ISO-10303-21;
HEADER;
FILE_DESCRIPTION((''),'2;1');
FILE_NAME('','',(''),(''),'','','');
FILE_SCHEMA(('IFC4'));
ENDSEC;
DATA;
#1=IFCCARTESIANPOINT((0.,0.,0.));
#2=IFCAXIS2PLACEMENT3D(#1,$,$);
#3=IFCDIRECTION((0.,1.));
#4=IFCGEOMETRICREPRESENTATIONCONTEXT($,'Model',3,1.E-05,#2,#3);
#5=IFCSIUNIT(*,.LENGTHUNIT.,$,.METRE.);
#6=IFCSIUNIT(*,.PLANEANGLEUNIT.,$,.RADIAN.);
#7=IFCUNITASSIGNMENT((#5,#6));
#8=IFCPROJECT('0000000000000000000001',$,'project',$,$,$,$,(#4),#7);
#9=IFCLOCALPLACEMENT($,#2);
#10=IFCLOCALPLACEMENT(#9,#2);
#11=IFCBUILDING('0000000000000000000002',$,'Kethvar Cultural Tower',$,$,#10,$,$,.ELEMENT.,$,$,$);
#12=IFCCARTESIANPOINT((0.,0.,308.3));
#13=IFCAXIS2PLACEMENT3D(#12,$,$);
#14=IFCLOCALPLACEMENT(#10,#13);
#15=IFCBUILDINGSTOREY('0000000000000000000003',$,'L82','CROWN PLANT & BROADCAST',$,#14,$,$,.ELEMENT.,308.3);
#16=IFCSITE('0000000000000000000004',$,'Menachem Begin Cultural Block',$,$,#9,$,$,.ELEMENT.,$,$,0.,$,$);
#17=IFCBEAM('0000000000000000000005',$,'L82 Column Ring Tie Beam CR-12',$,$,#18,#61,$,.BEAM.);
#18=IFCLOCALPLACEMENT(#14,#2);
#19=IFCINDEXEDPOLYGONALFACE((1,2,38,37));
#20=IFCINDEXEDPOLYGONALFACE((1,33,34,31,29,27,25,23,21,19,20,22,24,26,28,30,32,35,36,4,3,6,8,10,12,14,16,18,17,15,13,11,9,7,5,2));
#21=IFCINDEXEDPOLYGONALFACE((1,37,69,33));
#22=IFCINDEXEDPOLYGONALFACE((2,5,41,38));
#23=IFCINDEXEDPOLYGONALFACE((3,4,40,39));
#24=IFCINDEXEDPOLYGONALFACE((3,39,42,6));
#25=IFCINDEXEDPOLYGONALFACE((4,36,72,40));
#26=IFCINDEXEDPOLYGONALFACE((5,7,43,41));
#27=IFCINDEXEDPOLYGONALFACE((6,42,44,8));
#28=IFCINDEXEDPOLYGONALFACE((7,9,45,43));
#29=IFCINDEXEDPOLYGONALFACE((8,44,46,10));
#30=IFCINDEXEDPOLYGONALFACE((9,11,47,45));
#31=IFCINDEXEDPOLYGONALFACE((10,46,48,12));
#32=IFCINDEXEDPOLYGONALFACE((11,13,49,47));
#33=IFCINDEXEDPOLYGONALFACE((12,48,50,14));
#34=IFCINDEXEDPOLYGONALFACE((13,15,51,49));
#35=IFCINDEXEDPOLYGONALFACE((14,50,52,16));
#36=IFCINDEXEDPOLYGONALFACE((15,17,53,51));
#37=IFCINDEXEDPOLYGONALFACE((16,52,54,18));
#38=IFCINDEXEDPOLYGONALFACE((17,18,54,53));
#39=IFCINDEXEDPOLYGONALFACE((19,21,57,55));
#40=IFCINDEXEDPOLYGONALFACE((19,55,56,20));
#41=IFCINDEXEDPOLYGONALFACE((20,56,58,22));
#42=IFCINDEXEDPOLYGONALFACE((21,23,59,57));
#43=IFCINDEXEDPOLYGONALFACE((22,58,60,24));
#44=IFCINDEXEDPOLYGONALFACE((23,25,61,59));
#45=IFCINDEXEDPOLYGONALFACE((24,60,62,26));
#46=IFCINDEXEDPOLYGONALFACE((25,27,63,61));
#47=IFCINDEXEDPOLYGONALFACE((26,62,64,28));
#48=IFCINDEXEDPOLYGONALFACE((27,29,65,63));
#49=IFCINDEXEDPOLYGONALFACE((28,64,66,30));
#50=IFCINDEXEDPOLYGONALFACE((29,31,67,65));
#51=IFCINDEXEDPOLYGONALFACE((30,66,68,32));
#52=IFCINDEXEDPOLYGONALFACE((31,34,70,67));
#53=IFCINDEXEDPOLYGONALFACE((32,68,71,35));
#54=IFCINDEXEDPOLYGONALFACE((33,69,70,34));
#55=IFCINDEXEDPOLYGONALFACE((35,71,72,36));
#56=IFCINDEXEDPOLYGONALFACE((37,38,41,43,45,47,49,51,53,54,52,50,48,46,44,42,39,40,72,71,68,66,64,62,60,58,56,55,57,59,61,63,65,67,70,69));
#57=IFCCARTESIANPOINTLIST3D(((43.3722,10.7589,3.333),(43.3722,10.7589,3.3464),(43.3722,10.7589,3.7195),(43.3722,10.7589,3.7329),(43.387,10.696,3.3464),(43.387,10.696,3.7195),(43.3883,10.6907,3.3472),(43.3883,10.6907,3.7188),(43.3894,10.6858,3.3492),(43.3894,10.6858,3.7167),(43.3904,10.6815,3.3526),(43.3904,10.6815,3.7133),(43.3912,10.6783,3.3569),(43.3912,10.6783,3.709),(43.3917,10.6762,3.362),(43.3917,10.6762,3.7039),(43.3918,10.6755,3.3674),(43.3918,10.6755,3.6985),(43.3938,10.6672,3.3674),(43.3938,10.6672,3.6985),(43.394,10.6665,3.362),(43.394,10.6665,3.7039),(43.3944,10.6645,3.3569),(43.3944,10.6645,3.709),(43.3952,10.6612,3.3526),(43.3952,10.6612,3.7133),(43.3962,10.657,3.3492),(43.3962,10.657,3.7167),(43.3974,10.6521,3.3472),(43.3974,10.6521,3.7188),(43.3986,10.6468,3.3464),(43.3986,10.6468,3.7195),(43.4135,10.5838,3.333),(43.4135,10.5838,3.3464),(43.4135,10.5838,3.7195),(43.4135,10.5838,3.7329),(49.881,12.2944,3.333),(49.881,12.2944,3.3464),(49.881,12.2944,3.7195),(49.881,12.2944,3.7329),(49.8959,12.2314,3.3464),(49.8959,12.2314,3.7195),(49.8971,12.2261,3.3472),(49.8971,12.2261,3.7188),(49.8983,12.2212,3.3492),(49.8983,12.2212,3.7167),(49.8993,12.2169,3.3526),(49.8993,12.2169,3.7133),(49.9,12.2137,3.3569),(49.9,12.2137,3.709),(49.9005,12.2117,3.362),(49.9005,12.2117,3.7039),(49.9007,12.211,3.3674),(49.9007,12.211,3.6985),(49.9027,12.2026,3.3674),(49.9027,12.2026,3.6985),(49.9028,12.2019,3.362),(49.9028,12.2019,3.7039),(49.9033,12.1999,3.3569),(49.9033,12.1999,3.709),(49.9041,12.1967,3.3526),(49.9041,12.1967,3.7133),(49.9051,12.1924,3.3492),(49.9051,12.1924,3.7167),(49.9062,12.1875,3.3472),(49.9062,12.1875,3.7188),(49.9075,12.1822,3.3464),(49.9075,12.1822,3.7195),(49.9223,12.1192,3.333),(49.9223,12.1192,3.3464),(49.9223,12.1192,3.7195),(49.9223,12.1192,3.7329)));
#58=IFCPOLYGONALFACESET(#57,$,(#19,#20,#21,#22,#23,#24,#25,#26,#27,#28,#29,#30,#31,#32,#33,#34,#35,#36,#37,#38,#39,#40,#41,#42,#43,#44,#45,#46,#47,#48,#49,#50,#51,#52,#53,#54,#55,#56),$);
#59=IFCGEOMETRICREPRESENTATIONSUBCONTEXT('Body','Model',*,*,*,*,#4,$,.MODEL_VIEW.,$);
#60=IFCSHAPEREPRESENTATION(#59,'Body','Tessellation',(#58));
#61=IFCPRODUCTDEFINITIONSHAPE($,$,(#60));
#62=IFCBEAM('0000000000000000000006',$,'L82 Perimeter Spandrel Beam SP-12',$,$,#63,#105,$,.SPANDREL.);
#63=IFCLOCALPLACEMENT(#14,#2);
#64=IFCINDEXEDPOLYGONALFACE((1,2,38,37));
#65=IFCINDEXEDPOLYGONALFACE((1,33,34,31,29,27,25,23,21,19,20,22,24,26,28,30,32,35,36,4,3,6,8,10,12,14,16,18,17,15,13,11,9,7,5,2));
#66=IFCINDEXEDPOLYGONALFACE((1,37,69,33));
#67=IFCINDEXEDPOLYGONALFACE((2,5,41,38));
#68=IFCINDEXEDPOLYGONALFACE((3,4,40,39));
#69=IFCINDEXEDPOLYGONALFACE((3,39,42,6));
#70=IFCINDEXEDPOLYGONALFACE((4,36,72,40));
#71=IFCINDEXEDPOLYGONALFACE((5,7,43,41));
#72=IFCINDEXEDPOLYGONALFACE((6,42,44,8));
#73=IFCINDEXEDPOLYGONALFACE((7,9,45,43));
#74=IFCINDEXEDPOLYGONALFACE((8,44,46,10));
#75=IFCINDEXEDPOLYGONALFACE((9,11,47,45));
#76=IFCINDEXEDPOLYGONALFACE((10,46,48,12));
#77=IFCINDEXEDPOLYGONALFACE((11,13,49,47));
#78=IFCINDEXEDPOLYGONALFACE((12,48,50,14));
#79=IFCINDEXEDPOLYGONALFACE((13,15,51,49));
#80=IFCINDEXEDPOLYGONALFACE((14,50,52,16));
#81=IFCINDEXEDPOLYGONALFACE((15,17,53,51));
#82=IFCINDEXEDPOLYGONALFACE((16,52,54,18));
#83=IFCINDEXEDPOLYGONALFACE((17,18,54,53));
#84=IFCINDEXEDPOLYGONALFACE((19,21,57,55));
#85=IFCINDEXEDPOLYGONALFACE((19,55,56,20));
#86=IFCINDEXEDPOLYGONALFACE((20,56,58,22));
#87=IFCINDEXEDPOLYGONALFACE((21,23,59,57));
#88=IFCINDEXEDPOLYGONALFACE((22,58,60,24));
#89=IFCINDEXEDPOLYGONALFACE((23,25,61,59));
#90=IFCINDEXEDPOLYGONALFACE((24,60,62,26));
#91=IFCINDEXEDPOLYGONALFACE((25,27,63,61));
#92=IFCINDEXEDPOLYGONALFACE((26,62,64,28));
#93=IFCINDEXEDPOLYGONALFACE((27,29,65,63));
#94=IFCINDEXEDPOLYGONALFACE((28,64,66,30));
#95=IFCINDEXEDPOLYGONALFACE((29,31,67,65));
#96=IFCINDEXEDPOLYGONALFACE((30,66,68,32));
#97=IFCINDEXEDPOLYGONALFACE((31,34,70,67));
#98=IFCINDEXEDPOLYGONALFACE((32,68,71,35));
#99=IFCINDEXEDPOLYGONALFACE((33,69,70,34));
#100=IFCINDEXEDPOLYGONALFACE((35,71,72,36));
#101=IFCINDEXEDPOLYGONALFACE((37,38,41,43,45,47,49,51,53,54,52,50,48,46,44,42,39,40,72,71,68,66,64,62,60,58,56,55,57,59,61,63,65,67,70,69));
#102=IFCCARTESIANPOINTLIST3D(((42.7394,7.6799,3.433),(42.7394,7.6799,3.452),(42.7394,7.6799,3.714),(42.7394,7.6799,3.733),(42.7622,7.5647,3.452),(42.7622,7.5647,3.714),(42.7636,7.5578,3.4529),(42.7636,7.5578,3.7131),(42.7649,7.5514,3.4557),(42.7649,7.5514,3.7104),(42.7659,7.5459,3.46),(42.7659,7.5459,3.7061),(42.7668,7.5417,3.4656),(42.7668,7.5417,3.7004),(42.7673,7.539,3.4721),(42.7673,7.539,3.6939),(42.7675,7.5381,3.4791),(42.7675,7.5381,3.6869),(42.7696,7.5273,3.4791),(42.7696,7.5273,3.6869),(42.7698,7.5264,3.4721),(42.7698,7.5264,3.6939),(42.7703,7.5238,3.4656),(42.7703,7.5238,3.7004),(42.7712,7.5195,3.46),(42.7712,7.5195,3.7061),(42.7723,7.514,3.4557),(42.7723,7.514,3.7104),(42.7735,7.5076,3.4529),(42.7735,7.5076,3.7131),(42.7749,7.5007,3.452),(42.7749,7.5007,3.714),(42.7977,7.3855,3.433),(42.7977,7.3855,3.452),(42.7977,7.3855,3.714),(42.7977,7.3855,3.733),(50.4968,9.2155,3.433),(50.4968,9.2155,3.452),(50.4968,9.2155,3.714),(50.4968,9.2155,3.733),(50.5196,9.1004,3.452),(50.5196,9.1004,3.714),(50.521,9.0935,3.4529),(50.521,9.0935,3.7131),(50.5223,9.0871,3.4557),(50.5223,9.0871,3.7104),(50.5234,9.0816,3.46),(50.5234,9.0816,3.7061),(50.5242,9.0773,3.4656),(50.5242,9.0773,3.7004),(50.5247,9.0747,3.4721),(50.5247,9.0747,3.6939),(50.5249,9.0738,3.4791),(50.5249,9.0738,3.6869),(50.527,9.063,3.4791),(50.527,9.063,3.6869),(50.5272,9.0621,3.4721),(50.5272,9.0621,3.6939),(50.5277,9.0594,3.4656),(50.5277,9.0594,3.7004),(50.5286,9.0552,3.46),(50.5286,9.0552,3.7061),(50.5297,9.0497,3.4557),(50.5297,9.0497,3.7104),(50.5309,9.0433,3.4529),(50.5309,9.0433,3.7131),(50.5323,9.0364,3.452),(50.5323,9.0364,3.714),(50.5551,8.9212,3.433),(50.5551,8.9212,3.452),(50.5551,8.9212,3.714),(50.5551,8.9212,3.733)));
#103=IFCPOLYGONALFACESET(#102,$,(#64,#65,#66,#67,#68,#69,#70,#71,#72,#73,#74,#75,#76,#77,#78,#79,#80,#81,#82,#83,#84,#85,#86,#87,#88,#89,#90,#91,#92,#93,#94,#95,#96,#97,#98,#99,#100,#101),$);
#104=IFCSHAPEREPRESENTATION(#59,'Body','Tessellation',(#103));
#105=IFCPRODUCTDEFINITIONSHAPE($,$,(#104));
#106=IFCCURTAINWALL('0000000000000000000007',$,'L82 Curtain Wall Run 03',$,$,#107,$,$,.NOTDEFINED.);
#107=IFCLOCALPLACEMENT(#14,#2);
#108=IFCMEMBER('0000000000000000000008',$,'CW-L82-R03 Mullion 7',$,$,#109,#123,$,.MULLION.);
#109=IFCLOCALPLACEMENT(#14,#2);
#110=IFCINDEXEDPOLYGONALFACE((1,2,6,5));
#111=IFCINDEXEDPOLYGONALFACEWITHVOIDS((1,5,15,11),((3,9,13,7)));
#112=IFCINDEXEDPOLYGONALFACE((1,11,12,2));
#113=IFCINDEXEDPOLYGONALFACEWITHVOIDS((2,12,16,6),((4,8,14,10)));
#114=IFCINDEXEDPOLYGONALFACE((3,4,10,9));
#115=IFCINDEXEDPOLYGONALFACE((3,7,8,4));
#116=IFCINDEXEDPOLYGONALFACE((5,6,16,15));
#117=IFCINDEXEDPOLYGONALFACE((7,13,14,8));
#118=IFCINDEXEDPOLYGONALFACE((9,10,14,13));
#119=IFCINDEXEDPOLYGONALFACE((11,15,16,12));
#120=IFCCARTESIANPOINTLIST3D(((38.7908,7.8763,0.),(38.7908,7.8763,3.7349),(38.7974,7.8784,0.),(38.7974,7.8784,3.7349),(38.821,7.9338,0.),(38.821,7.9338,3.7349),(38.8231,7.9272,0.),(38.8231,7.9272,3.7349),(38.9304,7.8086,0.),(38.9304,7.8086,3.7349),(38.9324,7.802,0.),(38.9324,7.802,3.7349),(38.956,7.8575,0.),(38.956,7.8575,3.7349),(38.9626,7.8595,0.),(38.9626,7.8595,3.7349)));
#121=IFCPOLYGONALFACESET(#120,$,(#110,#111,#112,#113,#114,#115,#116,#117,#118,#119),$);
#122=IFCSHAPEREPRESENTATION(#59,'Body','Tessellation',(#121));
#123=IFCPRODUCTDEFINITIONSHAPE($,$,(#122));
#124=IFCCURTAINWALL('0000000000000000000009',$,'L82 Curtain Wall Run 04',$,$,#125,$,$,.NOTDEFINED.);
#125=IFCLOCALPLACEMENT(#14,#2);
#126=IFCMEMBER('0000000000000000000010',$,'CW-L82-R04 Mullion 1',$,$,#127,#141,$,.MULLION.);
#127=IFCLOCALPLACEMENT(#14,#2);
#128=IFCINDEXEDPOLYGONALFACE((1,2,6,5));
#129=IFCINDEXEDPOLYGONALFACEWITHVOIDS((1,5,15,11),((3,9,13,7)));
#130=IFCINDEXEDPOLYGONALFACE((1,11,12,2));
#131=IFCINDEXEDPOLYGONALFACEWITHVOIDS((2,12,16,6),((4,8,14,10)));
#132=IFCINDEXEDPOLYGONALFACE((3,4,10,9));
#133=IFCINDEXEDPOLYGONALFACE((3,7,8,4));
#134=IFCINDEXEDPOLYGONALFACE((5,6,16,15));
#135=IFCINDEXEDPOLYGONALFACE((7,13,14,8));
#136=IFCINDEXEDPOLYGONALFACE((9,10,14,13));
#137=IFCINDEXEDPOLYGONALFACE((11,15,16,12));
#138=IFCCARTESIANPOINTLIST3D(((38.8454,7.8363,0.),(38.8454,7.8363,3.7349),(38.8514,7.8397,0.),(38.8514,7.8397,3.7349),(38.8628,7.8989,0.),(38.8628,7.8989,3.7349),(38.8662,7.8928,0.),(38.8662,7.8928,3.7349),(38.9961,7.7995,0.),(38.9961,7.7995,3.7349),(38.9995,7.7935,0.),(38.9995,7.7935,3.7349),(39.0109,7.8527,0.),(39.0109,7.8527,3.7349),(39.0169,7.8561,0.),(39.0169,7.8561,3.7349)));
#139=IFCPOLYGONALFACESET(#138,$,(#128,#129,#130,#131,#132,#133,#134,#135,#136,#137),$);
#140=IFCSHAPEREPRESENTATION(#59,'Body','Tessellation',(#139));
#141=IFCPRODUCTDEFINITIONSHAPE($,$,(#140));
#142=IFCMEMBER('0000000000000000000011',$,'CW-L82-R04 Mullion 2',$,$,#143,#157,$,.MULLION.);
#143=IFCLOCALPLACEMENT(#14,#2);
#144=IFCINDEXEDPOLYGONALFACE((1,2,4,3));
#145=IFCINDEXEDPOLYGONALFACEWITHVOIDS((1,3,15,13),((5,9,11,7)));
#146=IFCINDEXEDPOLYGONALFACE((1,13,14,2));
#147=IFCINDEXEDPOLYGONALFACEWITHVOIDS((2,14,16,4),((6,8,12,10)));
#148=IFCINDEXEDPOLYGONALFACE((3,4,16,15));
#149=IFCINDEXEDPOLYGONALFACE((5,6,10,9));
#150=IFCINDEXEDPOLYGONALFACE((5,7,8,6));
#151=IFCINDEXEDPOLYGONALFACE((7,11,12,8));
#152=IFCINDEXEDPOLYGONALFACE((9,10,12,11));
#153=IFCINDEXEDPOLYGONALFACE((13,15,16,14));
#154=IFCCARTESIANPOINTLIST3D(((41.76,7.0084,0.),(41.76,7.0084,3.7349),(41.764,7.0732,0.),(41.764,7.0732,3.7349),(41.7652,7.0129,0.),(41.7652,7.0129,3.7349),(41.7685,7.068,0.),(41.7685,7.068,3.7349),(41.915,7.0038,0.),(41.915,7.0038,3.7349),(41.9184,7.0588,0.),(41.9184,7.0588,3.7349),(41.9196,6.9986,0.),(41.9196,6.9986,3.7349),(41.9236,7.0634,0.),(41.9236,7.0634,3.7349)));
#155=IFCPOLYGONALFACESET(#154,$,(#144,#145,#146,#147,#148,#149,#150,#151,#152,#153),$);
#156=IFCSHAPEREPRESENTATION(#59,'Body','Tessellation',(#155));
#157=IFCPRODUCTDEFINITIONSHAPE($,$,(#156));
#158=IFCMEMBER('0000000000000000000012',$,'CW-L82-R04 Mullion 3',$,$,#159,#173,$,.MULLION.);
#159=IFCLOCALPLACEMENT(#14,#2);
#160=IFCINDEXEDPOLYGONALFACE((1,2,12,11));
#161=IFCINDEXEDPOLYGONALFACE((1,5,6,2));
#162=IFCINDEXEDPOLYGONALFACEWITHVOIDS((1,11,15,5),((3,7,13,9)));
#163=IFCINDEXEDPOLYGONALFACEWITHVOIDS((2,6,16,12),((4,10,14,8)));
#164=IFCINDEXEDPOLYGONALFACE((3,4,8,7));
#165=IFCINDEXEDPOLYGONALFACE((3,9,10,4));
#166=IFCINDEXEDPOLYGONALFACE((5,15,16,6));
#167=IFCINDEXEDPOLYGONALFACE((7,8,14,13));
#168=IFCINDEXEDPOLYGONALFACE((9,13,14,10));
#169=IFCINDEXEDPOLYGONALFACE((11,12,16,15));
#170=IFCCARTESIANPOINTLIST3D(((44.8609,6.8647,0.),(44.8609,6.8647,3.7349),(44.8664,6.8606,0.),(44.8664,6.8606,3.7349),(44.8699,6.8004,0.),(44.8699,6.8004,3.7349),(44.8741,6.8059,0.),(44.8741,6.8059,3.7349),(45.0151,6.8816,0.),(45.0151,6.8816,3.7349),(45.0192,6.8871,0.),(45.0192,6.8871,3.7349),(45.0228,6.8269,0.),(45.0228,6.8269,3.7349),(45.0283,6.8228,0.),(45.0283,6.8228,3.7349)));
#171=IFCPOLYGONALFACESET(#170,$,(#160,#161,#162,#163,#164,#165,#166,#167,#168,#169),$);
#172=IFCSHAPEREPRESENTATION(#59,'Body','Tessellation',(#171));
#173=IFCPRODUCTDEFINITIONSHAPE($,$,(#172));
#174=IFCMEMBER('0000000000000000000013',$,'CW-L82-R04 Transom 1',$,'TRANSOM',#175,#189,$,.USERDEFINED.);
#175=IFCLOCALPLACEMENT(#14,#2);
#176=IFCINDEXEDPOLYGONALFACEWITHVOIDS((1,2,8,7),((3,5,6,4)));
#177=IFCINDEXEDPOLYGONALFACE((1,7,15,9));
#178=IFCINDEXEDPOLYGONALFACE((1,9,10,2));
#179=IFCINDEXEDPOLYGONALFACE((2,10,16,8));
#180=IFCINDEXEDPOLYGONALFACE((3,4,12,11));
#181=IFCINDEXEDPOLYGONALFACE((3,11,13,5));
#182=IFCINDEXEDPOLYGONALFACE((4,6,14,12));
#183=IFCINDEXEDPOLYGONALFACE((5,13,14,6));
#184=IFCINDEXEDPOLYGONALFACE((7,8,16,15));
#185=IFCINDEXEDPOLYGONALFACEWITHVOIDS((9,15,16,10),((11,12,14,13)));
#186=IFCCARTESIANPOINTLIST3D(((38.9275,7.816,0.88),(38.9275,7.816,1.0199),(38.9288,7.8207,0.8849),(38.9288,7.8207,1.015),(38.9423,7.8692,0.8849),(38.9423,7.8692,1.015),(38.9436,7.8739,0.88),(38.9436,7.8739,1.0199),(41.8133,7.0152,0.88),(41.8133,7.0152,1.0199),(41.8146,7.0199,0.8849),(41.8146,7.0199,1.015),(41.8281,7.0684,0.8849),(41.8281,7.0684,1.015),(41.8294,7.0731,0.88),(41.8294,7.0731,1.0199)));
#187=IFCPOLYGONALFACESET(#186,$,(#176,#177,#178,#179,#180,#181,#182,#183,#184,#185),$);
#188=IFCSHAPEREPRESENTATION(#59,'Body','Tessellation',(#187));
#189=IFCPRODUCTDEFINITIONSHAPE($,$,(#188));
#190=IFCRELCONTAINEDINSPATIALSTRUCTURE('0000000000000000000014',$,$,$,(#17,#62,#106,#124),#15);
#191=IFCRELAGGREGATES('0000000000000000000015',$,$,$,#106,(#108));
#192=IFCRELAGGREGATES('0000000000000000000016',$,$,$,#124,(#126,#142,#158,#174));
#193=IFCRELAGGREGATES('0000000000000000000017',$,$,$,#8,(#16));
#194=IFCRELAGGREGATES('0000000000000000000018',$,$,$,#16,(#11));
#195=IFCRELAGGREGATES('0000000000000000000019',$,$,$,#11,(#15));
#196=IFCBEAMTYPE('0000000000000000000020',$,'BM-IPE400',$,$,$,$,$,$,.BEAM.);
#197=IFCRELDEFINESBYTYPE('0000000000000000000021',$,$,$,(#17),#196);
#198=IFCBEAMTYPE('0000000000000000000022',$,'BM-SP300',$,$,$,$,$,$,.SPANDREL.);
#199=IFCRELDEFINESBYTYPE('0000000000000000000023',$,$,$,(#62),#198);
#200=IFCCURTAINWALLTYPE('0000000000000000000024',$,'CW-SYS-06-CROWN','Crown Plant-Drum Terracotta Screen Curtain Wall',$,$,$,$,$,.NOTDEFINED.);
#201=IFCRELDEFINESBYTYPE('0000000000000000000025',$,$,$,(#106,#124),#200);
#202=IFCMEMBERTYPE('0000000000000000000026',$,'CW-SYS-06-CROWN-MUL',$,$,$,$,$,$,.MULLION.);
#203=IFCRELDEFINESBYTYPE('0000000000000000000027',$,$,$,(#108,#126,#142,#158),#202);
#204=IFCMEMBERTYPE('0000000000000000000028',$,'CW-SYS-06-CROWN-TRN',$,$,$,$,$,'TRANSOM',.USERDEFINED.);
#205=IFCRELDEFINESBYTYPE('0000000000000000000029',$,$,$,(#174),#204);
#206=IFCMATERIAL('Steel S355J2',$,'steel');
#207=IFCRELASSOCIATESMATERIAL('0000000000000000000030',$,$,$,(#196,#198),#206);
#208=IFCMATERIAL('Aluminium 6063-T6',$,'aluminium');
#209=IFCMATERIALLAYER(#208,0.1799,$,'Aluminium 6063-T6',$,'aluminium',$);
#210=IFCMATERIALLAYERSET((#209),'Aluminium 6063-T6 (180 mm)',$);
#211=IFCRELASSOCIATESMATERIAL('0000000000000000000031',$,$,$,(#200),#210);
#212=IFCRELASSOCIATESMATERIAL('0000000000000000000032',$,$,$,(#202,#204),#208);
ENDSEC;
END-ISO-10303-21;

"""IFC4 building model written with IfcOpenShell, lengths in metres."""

from ifc_helpers import new_model, si_unit, direction, frame, origin, origin_2d, place, context, subcontext, project, spatial, hollow_rectangle, i_section, extrude, source, transform, mapped, material, layer, layer_set, material_profile, profile_set, type_object, element, aggregate, save


model = new_model("IFC4")

# Units and contexts
model_context = context("Model", 3, precision=1e-05, world=origin(), true_north=direction((0.0, 1.0)))
body_context = subcontext(model_context, "Body", "Model", "MODEL_VIEW")
ifc_project = project(units=[si_unit("LENGTHUNIT", "METRE"), si_unit("PLANEANGLEUNIT", "RADIAN")], contexts=[model_context])

# Site, building, storey
site_placement = place(None, origin())
site = spatial("IfcSite", under=ifc_project, at=site_placement, Name="Menachem Begin Cultural Block", CompositionType="ELEMENT", RefElevation=0.0)
building_placement = place(site_placement, origin())
building = spatial("IfcBuilding", under=site, at=building_placement, Name="Kethvar Cultural Tower", CompositionType="ELEMENT")
storey_placement = place(building_placement, frame((0.0, 0.0, 308.3)))
storey = spatial("IfcBuildingStorey", under=building, at=storey_placement, Name="L82", Description="CROWN PLANT & BROADCAST", CompositionType="ELEMENT", Elevation=308.3)

# Shared definitions
ifc_material_1 = material(Name="Steel S355J2", Category="steel")

# Beams
ifc_material_profile_1 = material_profile(ifc_material_1, i_section(OverallWidth=0.1799, OverallDepth=0.3999, WebThickness=0.0085, FlangeThickness=0.0134, FilletRadius=0.021, at=origin_2d()), Name="Steel S355J2 — IPE400")
ifc_profile_set_1 = profile_set([ifc_material_profile_1], Name="Steel S355J2 — IPE400")
beam_type_1 = type_object("IfcBeamType", Name="BM-IPE400", PredefinedType="BEAM", material=ifc_profile_set_1)
shared_shape_1 = source(origin(), body_context, "Body", "SweptSolid", [
    extrude(i_section(OverallWidth=0.1799, OverallDepth=0.3999, WebThickness=0.0085, FlangeThickness=0.0134, FilletRadius=0.021, at=origin_2d()), origin(), (0.0, 0.0, 1.0), 6.6875),
])
beam_1_placement = place(storey_placement, frame((43.3928, 10.6714, 3.533), z_axis=(0.973286, 0.229595, 0.0), x_axis=(-0.229595, 0.973286, 0.0)))
element("IfcBeam", 1, at=beam_1_placement, inside=storey, type_object=beam_type_1, Name="L82 Column Ring Tie Beam CR-12", PredefinedType="BEAM", context=body_context, shape_type="MappedRepresentation", body=[
    mapped(shared_shape_1, transform((0.0, 0.0, 0.0), scale=1.0)),
])
ifc_material_profile_2 = material_profile(ifc_material_1, i_section(OverallWidth=0.3, OverallDepth=0.3, WebThickness=0.011, FlangeThickness=0.019, FilletRadius=0.0271, at=origin_2d()), Name="Steel S355J2 — HEB300")
ifc_profile_set_2 = profile_set([ifc_material_profile_2], Name="Steel S355J2 — HEB300")
beam_type_2 = type_object("IfcBeamType", Name="BM-SP300", PredefinedType="SPANDREL", material=ifc_profile_set_2)
shared_shape_2 = source(origin(), body_context, "Body", "SweptSolid", [
    extrude(i_section(OverallWidth=0.3, OverallDepth=0.3, WebThickness=0.011, FlangeThickness=0.019, FilletRadius=0.0271, at=origin_2d()), origin(), (0.0, 0.0, 1.0), 7.908),
])
beam_2_placement = place(storey_placement, frame((42.7686, 7.5327, 3.583), z_axis=(0.980964, 0.194192, 0.0), x_axis=(-0.194192, 0.980964, 0.0)))
element("IfcBeam", 2, at=beam_2_placement, inside=storey, type_object=beam_type_2, Name="L82 Perimeter Spandrel Beam SP-12", PredefinedType="SPANDREL", context=body_context, shape_type="MappedRepresentation", body=[
    mapped(shared_shape_2, transform((0.0, 0.0, 0.0), scale=1.0)),
])

# Curtain wall, member
ifc_material_2 = material(Name="Aluminium 6063-T6", Category="aluminium")
ifc_layer_1 = layer(ifc_material_2, 0.1799, Name="Aluminium 6063-T6", Category="aluminium")
ifc_layer_set_1 = layer_set([ifc_layer_1], Name="Aluminium 6063-T6 (180 mm)")
curtain_wall_type = type_object("IfcCurtainWallType", Name="CW-SYS-06-CROWN", Description="Crown Plant-Drum Terracotta Screen Curtain Wall", PredefinedType="NOTDEFINED", material=ifc_layer_set_1)
curtain_wall_1_placement = place(storey_placement, origin())
curtain_wall_1 = element("IfcCurtainWall", 3, at=curtain_wall_1_placement, inside=storey, type_object=curtain_wall_type, Name="L82 Curtain Wall Run 03", PredefinedType="NOTDEFINED")
ifc_material_profile_3 = material_profile(ifc_material_2, hollow_rectangle(XDim=0.0649, YDim=0.1599, WallThickness=0.0049, at=origin_2d()), Name="Aluminium 6063-T6 — RHS160x65x5")
ifc_profile_set_3 = profile_set([ifc_material_profile_3], Name="Aluminium 6063-T6 — RHS160x65x5")
member_type_1 = type_object("IfcMemberType", Name="CW-SYS-06-CROWN-MUL", PredefinedType="MULLION", material=ifc_profile_set_3)
shared_shape_3 = source(origin(), body_context, "Body", "SweptSolid", [
    extrude(hollow_rectangle(XDim=0.0649, YDim=0.1599, WallThickness=0.0049, at=origin_2d()), origin(), (0.0, 0.0, 1.0), 3.7349),
])
member_1_placement = place(storey_placement, frame((38.8767, 7.8679, 0.0), z_axis=(0.0, 0.0, 1.0), x_axis=(0.464734, 0.88545, 0.0)))
member_1 = element("IfcMember", 4, at=member_1_placement, type_object=member_type_1, Name="CW-L82-R03 Mullion 7", PredefinedType="MULLION", context=body_context, shape_type="MappedRepresentation", body=[
    mapped(shared_shape_3, transform((0.0, 0.0, 0.0), scale=1.0)),
])

# Curtain wall, members
curtain_wall_2_placement = place(storey_placement, origin())
curtain_wall_2 = element("IfcCurtainWall", 5, at=curtain_wall_2_placement, inside=storey, type_object=curtain_wall_type, Name="L82 Curtain Wall Run 04", PredefinedType="NOTDEFINED")
member_2_placement = place(storey_placement, frame((38.9312, 7.8462, 0.0), z_axis=(0.0, 0.0, 1.0), x_axis=(0.267356, 0.963598, 0.0)))
member_2 = element("IfcMember", 6, at=member_2_placement, type_object=member_type_1, Name="CW-L82-R04 Mullion 1", PredefinedType="MULLION", context=body_context, shape_type="MappedRepresentation", body=[
    mapped(shared_shape_3, transform((0.0, 0.0, 0.0), scale=1.0)),
])
member_3_placement = place(storey_placement, frame((41.8418, 7.0359, 0.0), z_axis=(0.0, 0.0, 1.0), x_axis=(0.061066, 0.998134, 0.0)))
member_3 = element("IfcMember", 7, at=member_3_placement, type_object=member_type_1, Name="CW-L82-R04 Mullion 2", PredefinedType="MULLION", context=body_context, shape_type="MappedRepresentation", body=[
    mapped(shared_shape_3, transform((0.0, 0.0, 0.0), scale=1.0)),
])
member_4_placement = place(storey_placement, frame((44.9446, 6.8438, 0.0), z_axis=(0.0, 0.0, 1.0), x_axis=(-0.139761, 0.990185, 0.0)))
member_4 = element("IfcMember", 8, at=member_4_placement, type_object=member_type_1, Name="CW-L82-R04 Mullion 3", PredefinedType="MULLION", context=body_context, shape_type="MappedRepresentation", body=[
    mapped(shared_shape_3, transform((0.0, 0.0, 0.0), scale=1.0)),
])
ifc_material_profile_4 = material_profile(ifc_material_2, hollow_rectangle(XDim=0.0601, YDim=0.1399, WallThickness=0.0049, at=origin_2d()), Name="Aluminium 6063-T6 — RHS140x60x5")
ifc_profile_set_4 = profile_set([ifc_material_profile_4], Name="Aluminium 6063-T6 — RHS140x60x5")
member_type_2 = type_object("IfcMemberType", Name="CW-SYS-06-CROWN-TRN", ElementType="TRANSOM", PredefinedType="USERDEFINED", material=ifc_profile_set_4)
shared_shape_4 = source(origin(), body_context, "Body", "SweptSolid", [
    extrude(hollow_rectangle(XDim=0.0601, YDim=0.1399, WallThickness=0.0049, at=origin_2d()), origin(), (0.0, 0.0, 1.0), 2.9949),
])
member_5_placement = place(storey_placement, frame((38.9355, 7.845, 0.95), z_axis=(0.963588, -0.267392, 0.0), x_axis=(0.267392, 0.963588, 0.0)))
member_5 = element("IfcMember", 9, at=member_5_placement, type_object=member_type_2, Name="CW-L82-R04 Transom 1", ObjectType="TRANSOM", PredefinedType="USERDEFINED", context=body_context, shape_type="MappedRepresentation", body=[
    mapped(shared_shape_4, transform((0.0, 0.0, 0.0), scale=1.0)),
])

aggregate(curtain_wall_1, [member_1])
aggregate(curtain_wall_2, [member_2, member_3, member_4, member_5])

save(model, "model.ifc")
